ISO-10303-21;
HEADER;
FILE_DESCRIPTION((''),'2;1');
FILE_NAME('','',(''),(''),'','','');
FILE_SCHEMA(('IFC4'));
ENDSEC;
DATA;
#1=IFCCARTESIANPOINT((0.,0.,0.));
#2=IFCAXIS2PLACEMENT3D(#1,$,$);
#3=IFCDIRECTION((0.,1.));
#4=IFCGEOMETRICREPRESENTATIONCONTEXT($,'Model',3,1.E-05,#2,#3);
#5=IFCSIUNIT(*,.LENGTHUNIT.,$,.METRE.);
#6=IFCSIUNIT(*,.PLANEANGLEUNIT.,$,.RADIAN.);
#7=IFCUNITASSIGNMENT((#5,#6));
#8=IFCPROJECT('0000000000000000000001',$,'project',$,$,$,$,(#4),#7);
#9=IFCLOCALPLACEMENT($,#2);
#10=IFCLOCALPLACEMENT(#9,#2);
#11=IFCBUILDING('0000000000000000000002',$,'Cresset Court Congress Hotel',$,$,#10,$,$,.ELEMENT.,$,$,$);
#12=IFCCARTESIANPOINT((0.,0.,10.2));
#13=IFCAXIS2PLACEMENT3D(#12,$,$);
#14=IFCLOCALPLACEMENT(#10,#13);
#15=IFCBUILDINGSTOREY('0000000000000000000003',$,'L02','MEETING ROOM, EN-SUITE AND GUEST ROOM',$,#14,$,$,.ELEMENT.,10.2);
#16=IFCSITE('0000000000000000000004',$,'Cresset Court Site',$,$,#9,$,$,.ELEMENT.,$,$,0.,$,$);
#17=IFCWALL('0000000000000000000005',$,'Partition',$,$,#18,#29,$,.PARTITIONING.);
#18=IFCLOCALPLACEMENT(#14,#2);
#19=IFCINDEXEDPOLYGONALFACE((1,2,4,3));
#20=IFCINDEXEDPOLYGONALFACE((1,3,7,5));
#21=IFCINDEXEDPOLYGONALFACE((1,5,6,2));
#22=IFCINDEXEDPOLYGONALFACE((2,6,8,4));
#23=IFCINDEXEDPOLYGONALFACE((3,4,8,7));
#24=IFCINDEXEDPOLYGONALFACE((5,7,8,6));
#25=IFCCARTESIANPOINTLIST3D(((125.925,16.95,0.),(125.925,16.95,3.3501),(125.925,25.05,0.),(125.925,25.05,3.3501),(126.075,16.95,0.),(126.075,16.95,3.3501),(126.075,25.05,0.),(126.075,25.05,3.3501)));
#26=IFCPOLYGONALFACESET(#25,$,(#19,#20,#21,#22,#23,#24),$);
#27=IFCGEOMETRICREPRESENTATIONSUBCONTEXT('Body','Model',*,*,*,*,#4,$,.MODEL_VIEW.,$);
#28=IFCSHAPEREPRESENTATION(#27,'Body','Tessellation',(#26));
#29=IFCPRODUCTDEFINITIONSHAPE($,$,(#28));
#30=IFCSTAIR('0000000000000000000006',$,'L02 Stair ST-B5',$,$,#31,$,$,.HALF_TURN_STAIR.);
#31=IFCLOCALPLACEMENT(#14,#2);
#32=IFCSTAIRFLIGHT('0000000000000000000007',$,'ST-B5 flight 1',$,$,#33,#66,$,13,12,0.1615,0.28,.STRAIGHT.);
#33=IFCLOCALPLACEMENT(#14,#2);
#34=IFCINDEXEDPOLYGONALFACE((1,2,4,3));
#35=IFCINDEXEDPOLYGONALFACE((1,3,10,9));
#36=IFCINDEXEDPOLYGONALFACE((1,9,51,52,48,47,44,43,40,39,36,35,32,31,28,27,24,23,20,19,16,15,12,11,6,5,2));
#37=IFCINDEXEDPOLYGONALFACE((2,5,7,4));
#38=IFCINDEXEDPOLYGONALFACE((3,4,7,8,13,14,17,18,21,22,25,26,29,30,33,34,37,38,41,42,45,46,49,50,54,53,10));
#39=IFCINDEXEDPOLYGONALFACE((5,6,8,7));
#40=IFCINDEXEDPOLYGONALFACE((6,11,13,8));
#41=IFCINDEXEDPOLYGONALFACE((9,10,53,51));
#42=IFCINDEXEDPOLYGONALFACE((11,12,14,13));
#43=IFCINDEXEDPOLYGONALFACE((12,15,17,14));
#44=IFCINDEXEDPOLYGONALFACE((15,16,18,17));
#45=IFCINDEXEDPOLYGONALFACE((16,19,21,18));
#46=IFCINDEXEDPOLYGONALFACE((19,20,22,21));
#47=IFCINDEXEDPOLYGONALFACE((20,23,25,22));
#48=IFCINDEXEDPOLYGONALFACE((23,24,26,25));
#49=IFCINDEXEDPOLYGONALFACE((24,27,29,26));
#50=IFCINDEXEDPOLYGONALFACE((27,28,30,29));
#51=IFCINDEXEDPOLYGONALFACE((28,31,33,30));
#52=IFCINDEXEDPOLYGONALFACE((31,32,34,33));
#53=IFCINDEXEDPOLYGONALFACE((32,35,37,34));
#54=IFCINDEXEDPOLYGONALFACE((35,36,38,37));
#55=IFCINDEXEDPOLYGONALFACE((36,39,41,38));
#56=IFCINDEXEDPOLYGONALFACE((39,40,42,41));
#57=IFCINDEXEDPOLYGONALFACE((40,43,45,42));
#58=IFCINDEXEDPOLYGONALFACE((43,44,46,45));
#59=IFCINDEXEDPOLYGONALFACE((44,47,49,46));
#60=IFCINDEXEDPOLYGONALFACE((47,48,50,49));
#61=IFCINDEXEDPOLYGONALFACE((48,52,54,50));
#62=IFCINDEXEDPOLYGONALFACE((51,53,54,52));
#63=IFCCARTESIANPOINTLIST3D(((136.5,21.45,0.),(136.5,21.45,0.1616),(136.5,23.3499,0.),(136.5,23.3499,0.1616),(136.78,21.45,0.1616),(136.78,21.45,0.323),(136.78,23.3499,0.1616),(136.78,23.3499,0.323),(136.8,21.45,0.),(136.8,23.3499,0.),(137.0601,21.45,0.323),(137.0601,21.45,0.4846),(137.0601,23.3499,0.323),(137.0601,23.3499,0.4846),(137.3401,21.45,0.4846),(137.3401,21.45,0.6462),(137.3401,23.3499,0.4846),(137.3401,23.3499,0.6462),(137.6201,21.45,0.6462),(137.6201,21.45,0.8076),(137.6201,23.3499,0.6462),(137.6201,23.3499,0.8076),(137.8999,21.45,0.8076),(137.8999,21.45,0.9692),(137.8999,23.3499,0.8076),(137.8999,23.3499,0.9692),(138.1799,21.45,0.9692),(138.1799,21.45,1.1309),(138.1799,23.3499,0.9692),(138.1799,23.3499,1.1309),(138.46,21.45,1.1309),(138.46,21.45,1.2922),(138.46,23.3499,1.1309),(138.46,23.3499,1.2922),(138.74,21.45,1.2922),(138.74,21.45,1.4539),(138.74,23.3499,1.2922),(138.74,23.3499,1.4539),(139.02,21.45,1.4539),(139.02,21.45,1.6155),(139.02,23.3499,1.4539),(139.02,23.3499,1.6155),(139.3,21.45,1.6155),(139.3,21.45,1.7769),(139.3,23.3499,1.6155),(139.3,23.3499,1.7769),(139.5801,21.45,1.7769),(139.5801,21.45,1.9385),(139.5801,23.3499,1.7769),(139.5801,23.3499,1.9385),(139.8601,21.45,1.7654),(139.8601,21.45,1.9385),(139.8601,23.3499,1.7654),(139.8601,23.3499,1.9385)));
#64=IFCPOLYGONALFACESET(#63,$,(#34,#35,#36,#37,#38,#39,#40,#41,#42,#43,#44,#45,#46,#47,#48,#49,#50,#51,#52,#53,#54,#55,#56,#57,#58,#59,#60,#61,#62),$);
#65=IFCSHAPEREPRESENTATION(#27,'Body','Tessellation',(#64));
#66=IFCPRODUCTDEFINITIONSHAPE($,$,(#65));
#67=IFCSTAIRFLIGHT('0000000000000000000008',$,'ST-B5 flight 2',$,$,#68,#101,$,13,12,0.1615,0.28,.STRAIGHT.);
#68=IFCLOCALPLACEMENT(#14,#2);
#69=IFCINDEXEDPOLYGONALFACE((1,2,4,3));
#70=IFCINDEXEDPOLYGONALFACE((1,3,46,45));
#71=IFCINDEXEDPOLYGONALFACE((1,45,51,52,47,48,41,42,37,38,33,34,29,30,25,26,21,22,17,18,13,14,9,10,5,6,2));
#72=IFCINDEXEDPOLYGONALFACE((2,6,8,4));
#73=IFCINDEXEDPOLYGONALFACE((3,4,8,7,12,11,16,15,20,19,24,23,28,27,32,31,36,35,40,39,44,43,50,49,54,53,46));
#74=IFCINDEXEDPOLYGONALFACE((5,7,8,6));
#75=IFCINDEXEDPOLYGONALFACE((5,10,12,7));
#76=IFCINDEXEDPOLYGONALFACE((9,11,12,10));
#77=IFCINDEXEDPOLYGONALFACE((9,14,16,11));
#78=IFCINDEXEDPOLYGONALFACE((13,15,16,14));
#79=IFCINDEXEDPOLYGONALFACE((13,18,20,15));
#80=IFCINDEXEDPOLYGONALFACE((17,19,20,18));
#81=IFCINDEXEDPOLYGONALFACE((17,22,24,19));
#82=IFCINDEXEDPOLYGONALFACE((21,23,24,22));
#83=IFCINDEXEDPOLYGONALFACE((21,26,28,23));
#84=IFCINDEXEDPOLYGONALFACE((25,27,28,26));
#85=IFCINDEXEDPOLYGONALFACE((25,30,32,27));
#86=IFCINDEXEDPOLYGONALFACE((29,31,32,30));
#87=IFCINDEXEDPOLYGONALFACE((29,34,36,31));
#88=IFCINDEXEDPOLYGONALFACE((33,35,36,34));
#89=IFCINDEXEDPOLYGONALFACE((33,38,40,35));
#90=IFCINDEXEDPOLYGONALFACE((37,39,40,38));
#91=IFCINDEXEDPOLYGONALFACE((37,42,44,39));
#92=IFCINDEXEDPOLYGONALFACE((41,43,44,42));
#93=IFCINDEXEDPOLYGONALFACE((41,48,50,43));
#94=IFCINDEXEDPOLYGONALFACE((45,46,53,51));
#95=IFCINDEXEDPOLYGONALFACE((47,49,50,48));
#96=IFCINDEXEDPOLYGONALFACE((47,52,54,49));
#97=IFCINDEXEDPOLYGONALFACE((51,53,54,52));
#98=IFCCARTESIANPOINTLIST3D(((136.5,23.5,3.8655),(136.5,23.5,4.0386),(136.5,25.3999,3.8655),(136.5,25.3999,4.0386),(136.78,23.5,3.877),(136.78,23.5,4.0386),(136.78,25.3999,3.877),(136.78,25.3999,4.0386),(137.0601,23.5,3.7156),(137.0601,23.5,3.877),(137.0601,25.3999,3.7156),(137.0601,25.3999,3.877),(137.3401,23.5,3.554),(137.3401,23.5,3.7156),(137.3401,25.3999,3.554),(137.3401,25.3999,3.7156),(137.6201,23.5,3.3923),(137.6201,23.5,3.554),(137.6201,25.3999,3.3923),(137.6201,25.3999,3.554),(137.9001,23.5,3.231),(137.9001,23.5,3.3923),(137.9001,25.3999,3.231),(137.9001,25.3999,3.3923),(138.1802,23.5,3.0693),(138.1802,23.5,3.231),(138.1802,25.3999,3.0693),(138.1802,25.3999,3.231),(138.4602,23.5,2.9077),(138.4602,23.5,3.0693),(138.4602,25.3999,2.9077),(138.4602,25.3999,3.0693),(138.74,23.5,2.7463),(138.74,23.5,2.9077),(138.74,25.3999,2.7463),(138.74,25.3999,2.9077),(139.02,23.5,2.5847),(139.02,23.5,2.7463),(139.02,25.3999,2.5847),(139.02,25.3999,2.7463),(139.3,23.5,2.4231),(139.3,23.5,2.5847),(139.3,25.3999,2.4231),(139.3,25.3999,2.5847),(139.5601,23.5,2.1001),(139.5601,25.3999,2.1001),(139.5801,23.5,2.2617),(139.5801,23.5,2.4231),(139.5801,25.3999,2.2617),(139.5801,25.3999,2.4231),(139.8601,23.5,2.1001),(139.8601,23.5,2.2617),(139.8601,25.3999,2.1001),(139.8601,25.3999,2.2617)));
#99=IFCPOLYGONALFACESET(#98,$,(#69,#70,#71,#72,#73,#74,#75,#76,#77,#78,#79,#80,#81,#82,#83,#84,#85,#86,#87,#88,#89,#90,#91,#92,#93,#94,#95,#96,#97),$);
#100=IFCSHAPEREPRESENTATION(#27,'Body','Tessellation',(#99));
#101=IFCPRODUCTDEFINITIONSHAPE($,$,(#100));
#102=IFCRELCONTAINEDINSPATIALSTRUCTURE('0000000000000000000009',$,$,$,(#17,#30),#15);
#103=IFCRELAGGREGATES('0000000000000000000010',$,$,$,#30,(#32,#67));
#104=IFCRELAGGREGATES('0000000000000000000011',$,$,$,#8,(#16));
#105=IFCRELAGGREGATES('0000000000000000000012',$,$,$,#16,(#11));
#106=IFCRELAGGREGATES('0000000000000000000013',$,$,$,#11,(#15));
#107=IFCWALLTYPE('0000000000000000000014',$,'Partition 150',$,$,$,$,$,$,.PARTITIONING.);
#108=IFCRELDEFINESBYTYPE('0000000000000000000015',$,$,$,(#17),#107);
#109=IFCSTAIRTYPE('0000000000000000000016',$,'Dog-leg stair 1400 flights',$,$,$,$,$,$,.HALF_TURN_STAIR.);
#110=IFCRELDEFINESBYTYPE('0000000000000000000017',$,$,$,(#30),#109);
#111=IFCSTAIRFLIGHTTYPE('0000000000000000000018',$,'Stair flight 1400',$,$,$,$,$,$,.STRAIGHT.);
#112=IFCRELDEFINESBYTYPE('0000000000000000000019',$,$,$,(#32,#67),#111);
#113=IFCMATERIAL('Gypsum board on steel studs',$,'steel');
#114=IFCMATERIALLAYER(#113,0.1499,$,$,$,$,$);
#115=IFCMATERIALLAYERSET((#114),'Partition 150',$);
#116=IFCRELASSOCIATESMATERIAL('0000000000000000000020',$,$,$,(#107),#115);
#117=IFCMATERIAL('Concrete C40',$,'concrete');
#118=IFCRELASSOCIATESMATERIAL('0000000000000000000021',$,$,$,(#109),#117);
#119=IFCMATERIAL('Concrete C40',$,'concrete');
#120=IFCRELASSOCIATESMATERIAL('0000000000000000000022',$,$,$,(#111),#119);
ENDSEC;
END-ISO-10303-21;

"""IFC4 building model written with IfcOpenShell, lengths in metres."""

from ifc_helpers import new_model, si_unit, direction, frame, frame_2d, origin, place, context, subcontext, project, spatial, polyline, rectangle, outline, extrude, material, layer, layer_set, type_object, element, aggregate, save


model = new_model("IFC4")

# Units and contexts
model_context = context("Model", 3, precision=1e-05, world=origin(), true_north=direction((0.0, 1.0)))
body_context = subcontext(model_context, "Body", "Model", "MODEL_VIEW")
ifc_project = project(units=[si_unit("LENGTHUNIT", "METRE"), si_unit("PLANEANGLEUNIT", "RADIAN")], contexts=[model_context])

# Site, building, storey
site_placement = place(None, origin())
site = spatial("IfcSite", under=ifc_project, at=site_placement, Name="Cresset Court Site", CompositionType="ELEMENT", RefElevation=0.0)
building_placement = place(site_placement, origin())
building = spatial("IfcBuilding", under=site, at=building_placement, Name="Cresset Court Congress Hotel", CompositionType="ELEMENT")
storey_placement = place(building_placement, frame((0.0, 0.0, 10.2)))
storey = spatial("IfcBuildingStorey", under=building, at=storey_placement, Name="L02", Description="MEETING ROOM, EN-SUITE AND GUEST ROOM", CompositionType="ELEMENT", Elevation=10.2)

# Wall
ifc_material_1 = material(Name="Gypsum board on steel studs", Category="steel")
ifc_layer_1 = layer(ifc_material_1, 0.1499)
ifc_layer_set_1 = layer_set([ifc_layer_1], Name="Partition 150")
wall_type_1 = type_object("IfcWallType", Name="Partition 150", PredefinedType="PARTITIONING", material=ifc_layer_set_1)
wall_1_placement = place(storey_placement, frame((126.0, 16.95, 0.0), z_axis=(0.0, 0.0, 1.0), x_axis=(0.0, 1.0, 0.0)))
element("IfcWall", 1, at=wall_1_placement, inside=storey, type_object=wall_type_1, Name="Partition", PredefinedType="PARTITIONING", context=body_context, shape_type="SweptSolid", body=[
    extrude(rectangle(XDim=8.1001, YDim=0.1499, at=frame_2d((4.05, 0.0))), origin(), (0.0, 0.0, 1.0), 3.3501),
])

# Stair, stair flights
ifc_material_2 = material(Name="Concrete C40", Category="concrete")
stair_type = type_object("IfcStairType", Name="Dog-leg stair 1400 flights", PredefinedType="HALF_TURN_STAIR", material=ifc_material_2)
stair_placement = place(storey_placement, origin())
stair = element("IfcStair", 2, at=stair_placement, inside=storey, type_object=stair_type, Name="L02 Stair ST-B5", PredefinedType="HALF_TURN_STAIR")
ifc_material_3 = material(Name="Concrete C40", Category="concrete")
stair_flight_type = type_object("IfcStairFlightType", Name="Stair flight 1400", PredefinedType="STRAIGHT", material=ifc_material_3)
stair_flight_1_placement = place(storey_placement, frame((136.5, 22.3999, 0.0), z_axis=(0.0, 0.0, 1.0), x_axis=(1.0, 0.0, 0.0)))
stair_flight_1 = element("IfcStairFlight", 3, at=stair_flight_1_placement, type_object=stair_flight_type, Name="ST-B5 flight 1", NumberOfRisers=13, NumberOfTreads=12, PredefinedType="STRAIGHT", RiserHeight=0.1615, TreadLength=0.28, context=body_context, shape_type="SweptSolid", body=[
    extrude(outline(polyline([(0.0, 0.0), (0.0, 0.1616), (0.28, 0.1616), (0.28, 0.323), (0.5601, 0.323), (0.5601, 0.4846), (0.8401, 0.4846), (0.8401, 0.6462), (1.1201, 0.6462), (1.1201, 0.8076), (1.3999, 0.8076), (1.3999, 0.9692), (1.6799, 0.9692), (1.6799, 1.1309), (1.96, 1.1309), (1.96, 1.2922), (2.24, 1.2922), (2.24, 1.4539), (2.52, 1.4539), (2.52, 1.6155), (2.8, 1.6155), (2.8, 1.7769), (3.0801, 1.7769), (3.0801, 1.9385), (3.3601, 1.9385), (3.3601, 2.1001), (3.3601, 1.7654), (0.3, 0.0), (0.0, 0.0)])), frame((0.0, 0.95, 0.0), z_axis=(0.0, -1.0, 0.0), x_axis=(1.0, 0.0, 0.0)), (0.0, 0.0, 1.0), 1.8999),
])
stair_flight_2_placement = place(storey_placement, frame((139.8601, 24.45, 2.1001), z_axis=(0.0, 0.0, 1.0), x_axis=(-1.0, 0.0, 0.0)))
stair_flight_2 = element("IfcStairFlight", 4, at=stair_flight_2_placement, type_object=stair_flight_type, Name="ST-B5 flight 2", NumberOfRisers=13, NumberOfTreads=12, PredefinedType="STRAIGHT", RiserHeight=0.1615, TreadLength=0.28, context=body_context, shape_type="SweptSolid", body=[
    extrude(outline(polyline([(0.0, 0.0), (0.0, 0.1616), (0.28, 0.1616), (0.28, 0.323), (0.5601, 0.323), (0.5601, 0.4846), (0.8401, 0.4846), (0.8401, 0.6462), (1.1201, 0.6462), (1.1201, 0.8076), (1.3999, 0.8076), (1.3999, 0.9692), (1.6799, 0.9692), (1.6799, 1.1309), (1.96, 1.1309), (1.96, 1.2922), (2.24, 1.2922), (2.24, 1.4539), (2.52, 1.4539), (2.52, 1.6155), (2.8, 1.6155), (2.8, 1.7769), (3.0801, 1.7769), (3.0801, 1.9385), (3.3601, 1.9385), (3.3601, 2.1001), (3.3601, 1.7654), (0.3, 0.0), (0.0, 0.0)])), frame((0.0, 0.95, 0.0), z_axis=(0.0, -1.0, 0.0), x_axis=(1.0, 0.0, 0.0)), (0.0, 0.0, 1.0), 1.8999),
])
aggregate(stair, [stair_flight_1, stair_flight_2])

save(model, "model.ifc")
